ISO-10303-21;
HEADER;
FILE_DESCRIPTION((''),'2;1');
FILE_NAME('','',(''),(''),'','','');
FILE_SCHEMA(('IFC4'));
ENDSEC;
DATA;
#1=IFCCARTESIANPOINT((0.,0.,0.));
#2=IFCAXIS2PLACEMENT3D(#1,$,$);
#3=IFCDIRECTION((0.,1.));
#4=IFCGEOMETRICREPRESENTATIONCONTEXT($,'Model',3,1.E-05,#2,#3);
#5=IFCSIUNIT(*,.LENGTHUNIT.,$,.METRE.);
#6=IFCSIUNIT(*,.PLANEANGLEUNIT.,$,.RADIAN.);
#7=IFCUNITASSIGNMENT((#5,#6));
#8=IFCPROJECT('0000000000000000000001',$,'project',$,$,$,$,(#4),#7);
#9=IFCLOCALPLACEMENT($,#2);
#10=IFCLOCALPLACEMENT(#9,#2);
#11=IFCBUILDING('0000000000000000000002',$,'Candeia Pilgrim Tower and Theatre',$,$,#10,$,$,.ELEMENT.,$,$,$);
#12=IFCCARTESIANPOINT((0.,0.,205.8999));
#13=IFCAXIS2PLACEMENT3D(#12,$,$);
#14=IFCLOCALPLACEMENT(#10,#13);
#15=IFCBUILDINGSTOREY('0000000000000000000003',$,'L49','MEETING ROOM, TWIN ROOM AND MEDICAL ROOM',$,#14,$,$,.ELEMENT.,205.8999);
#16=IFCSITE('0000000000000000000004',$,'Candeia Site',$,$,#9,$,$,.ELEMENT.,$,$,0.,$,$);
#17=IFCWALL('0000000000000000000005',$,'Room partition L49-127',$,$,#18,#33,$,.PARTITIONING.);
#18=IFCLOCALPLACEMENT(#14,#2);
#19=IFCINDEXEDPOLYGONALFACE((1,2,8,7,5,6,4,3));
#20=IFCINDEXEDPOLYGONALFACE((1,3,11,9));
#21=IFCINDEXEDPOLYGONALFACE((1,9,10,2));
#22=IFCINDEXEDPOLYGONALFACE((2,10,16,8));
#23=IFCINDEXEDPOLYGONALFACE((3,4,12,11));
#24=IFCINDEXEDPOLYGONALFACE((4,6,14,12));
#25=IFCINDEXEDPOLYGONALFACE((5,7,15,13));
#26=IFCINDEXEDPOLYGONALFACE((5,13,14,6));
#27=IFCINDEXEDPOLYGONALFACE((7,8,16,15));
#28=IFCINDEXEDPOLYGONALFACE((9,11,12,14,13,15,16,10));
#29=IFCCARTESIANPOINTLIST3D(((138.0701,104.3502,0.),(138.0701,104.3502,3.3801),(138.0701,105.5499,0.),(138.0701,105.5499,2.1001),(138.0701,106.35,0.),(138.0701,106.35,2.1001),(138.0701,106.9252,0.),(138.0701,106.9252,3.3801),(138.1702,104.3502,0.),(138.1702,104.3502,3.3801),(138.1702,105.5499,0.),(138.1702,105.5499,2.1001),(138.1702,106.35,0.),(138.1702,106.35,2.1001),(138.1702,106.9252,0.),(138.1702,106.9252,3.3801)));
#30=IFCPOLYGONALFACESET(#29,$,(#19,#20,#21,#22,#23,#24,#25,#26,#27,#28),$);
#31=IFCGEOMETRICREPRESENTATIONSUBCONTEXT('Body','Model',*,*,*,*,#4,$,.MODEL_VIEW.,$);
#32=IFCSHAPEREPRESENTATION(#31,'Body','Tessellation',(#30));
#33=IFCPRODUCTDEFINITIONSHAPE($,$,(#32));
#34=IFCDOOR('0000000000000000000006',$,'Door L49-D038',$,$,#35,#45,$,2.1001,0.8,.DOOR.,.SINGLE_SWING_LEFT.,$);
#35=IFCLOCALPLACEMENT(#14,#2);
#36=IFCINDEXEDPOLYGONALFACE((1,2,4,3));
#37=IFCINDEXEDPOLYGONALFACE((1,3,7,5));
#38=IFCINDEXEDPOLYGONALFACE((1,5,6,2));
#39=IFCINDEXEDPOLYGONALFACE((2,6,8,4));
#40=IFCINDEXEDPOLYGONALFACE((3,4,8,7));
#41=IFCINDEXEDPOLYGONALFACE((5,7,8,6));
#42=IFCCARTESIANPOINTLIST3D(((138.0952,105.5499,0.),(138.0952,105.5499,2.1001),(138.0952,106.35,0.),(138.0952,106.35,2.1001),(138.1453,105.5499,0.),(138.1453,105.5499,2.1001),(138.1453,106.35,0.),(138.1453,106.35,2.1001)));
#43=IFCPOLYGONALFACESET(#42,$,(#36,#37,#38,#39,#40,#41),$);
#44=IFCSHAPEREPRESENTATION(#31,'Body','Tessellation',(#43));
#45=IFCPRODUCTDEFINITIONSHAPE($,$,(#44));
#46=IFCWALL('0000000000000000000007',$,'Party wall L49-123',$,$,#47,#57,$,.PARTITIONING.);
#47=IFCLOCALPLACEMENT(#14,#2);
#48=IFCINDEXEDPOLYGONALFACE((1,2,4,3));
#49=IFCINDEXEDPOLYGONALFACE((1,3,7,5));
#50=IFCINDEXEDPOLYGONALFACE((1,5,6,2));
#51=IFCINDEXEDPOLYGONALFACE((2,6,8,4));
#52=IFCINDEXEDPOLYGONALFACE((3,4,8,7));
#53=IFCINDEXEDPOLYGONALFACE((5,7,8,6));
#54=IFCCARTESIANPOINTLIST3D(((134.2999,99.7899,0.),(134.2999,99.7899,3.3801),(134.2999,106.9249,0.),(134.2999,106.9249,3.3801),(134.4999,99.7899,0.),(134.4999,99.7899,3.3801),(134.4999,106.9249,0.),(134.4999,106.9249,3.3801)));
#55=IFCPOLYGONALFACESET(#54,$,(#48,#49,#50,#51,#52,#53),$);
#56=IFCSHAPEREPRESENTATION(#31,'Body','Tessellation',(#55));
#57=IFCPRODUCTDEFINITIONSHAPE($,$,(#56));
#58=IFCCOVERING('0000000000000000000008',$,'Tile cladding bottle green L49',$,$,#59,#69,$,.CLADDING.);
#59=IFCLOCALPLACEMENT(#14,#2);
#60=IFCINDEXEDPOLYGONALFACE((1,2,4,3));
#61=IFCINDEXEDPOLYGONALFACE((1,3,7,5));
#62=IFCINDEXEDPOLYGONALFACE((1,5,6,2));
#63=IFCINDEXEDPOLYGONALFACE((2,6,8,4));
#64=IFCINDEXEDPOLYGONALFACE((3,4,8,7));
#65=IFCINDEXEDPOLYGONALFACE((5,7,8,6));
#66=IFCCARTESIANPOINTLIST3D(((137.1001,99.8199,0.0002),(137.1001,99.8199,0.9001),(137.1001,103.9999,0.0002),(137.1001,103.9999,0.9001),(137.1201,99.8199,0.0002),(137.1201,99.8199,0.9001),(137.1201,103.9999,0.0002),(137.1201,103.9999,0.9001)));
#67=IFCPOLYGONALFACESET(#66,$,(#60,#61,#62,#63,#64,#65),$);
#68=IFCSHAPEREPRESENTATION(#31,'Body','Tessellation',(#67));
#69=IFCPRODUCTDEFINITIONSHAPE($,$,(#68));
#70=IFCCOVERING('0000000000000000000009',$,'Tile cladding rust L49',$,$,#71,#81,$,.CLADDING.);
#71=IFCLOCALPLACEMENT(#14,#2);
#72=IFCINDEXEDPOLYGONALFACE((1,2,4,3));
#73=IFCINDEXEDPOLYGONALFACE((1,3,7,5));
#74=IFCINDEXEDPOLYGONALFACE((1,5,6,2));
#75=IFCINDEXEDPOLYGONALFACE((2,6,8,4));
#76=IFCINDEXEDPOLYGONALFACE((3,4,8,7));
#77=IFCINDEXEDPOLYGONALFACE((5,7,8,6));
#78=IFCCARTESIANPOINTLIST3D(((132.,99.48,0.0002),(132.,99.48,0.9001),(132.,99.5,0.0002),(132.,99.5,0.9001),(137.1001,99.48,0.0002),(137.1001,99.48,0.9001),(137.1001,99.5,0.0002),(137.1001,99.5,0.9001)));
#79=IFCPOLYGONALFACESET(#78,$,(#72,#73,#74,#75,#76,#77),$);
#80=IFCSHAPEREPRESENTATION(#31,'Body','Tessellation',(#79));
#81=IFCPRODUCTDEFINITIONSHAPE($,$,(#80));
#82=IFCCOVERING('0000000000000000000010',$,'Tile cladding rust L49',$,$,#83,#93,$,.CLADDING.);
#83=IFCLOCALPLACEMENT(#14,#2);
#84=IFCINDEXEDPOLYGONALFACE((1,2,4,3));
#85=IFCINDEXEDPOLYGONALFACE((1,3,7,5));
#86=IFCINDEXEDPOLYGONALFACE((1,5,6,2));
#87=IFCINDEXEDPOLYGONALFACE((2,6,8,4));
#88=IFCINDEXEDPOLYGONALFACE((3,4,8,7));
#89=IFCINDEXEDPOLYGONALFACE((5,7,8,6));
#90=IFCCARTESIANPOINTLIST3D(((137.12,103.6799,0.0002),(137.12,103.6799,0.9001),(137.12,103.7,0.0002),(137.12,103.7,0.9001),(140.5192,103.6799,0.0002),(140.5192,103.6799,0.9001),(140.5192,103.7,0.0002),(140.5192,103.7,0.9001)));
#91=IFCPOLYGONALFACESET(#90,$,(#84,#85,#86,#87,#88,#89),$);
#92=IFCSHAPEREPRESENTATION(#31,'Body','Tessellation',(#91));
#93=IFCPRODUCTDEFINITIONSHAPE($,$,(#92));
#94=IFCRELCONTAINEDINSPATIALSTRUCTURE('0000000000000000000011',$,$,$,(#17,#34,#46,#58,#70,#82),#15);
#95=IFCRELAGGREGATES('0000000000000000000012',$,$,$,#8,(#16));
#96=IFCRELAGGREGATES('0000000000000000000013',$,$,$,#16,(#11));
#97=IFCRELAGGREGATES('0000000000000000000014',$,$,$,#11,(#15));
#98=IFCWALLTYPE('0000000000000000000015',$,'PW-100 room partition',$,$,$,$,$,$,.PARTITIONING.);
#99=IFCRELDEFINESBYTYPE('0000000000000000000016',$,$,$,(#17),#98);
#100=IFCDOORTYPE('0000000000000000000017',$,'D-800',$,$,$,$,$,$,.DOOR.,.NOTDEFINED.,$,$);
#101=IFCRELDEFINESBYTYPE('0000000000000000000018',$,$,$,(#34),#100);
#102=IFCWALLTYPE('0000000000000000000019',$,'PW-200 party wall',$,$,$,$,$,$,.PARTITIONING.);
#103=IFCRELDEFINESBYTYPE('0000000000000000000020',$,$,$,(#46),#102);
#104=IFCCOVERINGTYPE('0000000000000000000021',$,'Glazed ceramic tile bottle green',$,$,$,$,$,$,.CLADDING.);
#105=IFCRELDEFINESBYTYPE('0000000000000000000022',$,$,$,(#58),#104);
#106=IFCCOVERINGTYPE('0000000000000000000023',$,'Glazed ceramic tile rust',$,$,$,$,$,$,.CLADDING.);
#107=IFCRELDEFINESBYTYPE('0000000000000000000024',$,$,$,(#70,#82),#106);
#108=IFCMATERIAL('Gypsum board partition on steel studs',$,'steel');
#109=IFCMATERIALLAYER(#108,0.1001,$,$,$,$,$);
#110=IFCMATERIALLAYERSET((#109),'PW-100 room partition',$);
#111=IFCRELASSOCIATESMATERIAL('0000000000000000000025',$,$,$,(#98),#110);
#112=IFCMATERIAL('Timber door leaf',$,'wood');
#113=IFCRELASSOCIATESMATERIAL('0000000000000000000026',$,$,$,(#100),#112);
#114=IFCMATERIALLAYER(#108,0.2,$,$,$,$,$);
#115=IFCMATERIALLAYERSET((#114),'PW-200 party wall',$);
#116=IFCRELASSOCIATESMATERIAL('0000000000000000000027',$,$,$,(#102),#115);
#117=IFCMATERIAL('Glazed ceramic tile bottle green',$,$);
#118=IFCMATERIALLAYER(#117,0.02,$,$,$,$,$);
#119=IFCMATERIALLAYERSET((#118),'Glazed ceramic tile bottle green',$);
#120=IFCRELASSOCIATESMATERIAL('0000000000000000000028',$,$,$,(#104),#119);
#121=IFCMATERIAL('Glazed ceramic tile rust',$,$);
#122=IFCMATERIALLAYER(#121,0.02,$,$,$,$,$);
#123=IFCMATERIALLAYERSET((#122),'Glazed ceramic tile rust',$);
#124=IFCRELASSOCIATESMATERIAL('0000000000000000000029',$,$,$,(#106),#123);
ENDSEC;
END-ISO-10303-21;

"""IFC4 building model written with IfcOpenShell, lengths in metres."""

from ifc_helpers import new_model, si_unit, direction, frame, frame_2d, origin, origin_2d, place, context, subcontext, project, spatial, rectangle, extrude, material, layer, layer_set, type_object, element, fill, save


model = new_model("IFC4")

# Units and contexts
model_context = context("Model", 3, precision=1e-05, world=origin(), true_north=direction((0.0, 1.0)))
body_context = subcontext(model_context, "Body", "Model", "MODEL_VIEW")
ifc_project = project(units=[si_unit("LENGTHUNIT", "METRE"), si_unit("PLANEANGLEUNIT", "RADIAN")], contexts=[model_context])

# Site, building, storey
site_placement = place(None, origin())
site = spatial("IfcSite", under=ifc_project, at=site_placement, Name="Candeia Site", CompositionType="ELEMENT", RefElevation=0.0)
building_placement = place(site_placement, origin())
building = spatial("IfcBuilding", under=site, at=building_placement, Name="Candeia Pilgrim Tower and Theatre", CompositionType="ELEMENT")
storey_placement = place(building_placement, frame((0.0, 0.0, 205.8999)))
storey = spatial("IfcBuildingStorey", under=building, at=storey_placement, Name="L49", Description="MEETING ROOM, TWIN ROOM AND MEDICAL ROOM", CompositionType="ELEMENT", Elevation=205.8999)

# Shared definitions
ifc_material_1 = material(Name="Gypsum board partition on steel studs", Category="steel")
ifc_layer_1 = layer(ifc_material_1, 0.1001)
ifc_layer_set_1 = layer_set([ifc_layer_1], Name="PW-100 room partition")
wall_type_1 = type_object("IfcWallType", Name="PW-100 room partition", PredefinedType="PARTITIONING", material=ifc_layer_set_1)

# Wall, opening, door
wall_1_placement = place(storey_placement, frame((138.1201, 104.3501, 0.0), z_axis=(0.0, 0.0, 1.0), x_axis=(0.0, 1.0, 0.0)))
wall_1 = element("IfcWall", 1, at=wall_1_placement, inside=storey, type_object=wall_type_1, Name="Room partition L49-127", PredefinedType="PARTITIONING", context=body_context, shape_type="SweptSolid", body=[
    extrude(rectangle(XDim=2.575, YDim=0.1001, at=frame_2d((1.2876, 0.0))), origin(), (0.0, 0.0, 1.0), 3.3801),
])
opening_1_placement = place(wall_1_placement, frame((1.2, 0.0, 0.0)))
opening_1 = element("IfcOpeningElement", 2, at=opening_1_placement, cuts=wall_1, PredefinedType="OPENING", context=body_context, shape_type="SweptSolid", body=[
    extrude(rectangle(XDim=0.8, YDim=2.1001, at=frame_2d((0.3999, 1.05))), frame((0.0, 0.0601, 0.0), z_axis=(0.0, -1.0, 0.0), x_axis=(1.0, 0.0, 0.0)), (0.0, 0.0, 1.0), 0.1201),
])
ifc_material_2 = material(Name="Timber door leaf", Category="wood")
door_type_1 = type_object("IfcDoorType", Name="D-800", OperationType="NOTDEFINED", PredefinedType="DOOR", material=ifc_material_2)
door_1_placement = place(opening_1_placement, origin())
door_1 = element("IfcDoor", 3, at=door_1_placement, inside=storey, type_object=door_type_1, Name="Door L49-D038", OperationType="SINGLE_SWING_LEFT", OverallHeight=2.1001, OverallWidth=0.8, PredefinedType="DOOR", context=body_context, shape_type="SweptSolid", body=[
    extrude(rectangle(XDim=0.8, YDim=2.1001, at=frame_2d((0.3999, 1.05))), frame((0.0, 0.0249, 0.0), z_axis=(0.0, -1.0, 0.0), x_axis=(1.0, 0.0, 0.0)), (0.0, 0.0, 1.0), 0.05),
])
fill(opening_1, door_1)

# Wall
ifc_layer_2 = layer(ifc_material_1, 0.2)
ifc_layer_set_2 = layer_set([ifc_layer_2], Name="PW-200 party wall")
wall_type_2 = type_object("IfcWallType", Name="PW-200 party wall", PredefinedType="PARTITIONING", material=ifc_layer_set_2)
wall_2_placement = place(storey_placement, frame((134.3999, 99.79, 0.0), z_axis=(0.0, 0.0, 1.0), x_axis=(0.0, 1.0, 0.0)))
element("IfcWall", 4, at=wall_2_placement, inside=storey, type_object=wall_type_2, Name="Party wall L49-123", PredefinedType="PARTITIONING", context=body_context, shape_type="SweptSolid", body=[
    extrude(rectangle(XDim=7.135, YDim=0.2, at=frame_2d((3.5674, 0.0))), origin(), (0.0, 0.0, 1.0), 3.3801),
])

# Coverings
ifc_material_3 = material(Name="Glazed ceramic tile bottle green")
ifc_layer_3 = layer(ifc_material_3, 0.02)
ifc_layer_set_3 = layer_set([ifc_layer_3], Name="Glazed ceramic tile bottle green")
covering_type_1 = type_object("IfcCoveringType", Name="Glazed ceramic tile bottle green", PredefinedType="CLADDING", material=ifc_layer_set_3)
covering_1_placement = place(storey_placement, frame((137.1101, 101.9099, 0.0002), z_axis=(0.0, 0.0, 1.0), x_axis=(0.0, 1.0, 0.0)))
element("IfcCovering", 5, at=covering_1_placement, inside=storey, type_object=covering_type_1, Name="Tile cladding bottle green L49", PredefinedType="CLADDING", context=body_context, shape_type="SweptSolid", body=[
    extrude(rectangle(XDim=4.1799, YDim=0.02, at=origin_2d()), origin(), (0.0, 0.0, 1.0), 0.8999),
])
ifc_material_4 = material(Name="Glazed ceramic tile rust")
ifc_layer_4 = layer(ifc_material_4, 0.02)
ifc_layer_set_4 = layer_set([ifc_layer_4], Name="Glazed ceramic tile rust")
covering_type_2 = type_object("IfcCoveringType", Name="Glazed ceramic tile rust", PredefinedType="CLADDING", material=ifc_layer_set_4)
covering_2_placement = place(storey_placement, frame((134.55, 99.49, 0.0002), z_axis=(0.0, 0.0, 1.0), x_axis=(1.0, 0.0, 0.0)))
element("IfcCovering", 6, at=covering_2_placement, inside=storey, type_object=covering_type_2, Name="Tile cladding rust L49", PredefinedType="CLADDING", context=body_context, shape_type="SweptSolid", body=[
    extrude(rectangle(XDim=5.1001, YDim=0.02, at=origin_2d()), origin(), (0.0, 0.0, 1.0), 0.8999),
])
covering_3_placement = place(storey_placement, frame((138.8196, 103.6899, 0.0002), z_axis=(0.0, 0.0, 1.0), x_axis=(1.0, 0.0, 0.0)))
element("IfcCovering", 7, at=covering_3_placement, inside=storey, type_object=covering_type_2, Name="Tile cladding rust L49", PredefinedType="CLADDING", context=body_context, shape_type="SweptSolid", body=[
    extrude(rectangle(XDim=3.3992, YDim=0.02, at=origin_2d()), origin(), (0.0, 0.0, 1.0), 0.8999),
])

save(model, "model.ifc")
